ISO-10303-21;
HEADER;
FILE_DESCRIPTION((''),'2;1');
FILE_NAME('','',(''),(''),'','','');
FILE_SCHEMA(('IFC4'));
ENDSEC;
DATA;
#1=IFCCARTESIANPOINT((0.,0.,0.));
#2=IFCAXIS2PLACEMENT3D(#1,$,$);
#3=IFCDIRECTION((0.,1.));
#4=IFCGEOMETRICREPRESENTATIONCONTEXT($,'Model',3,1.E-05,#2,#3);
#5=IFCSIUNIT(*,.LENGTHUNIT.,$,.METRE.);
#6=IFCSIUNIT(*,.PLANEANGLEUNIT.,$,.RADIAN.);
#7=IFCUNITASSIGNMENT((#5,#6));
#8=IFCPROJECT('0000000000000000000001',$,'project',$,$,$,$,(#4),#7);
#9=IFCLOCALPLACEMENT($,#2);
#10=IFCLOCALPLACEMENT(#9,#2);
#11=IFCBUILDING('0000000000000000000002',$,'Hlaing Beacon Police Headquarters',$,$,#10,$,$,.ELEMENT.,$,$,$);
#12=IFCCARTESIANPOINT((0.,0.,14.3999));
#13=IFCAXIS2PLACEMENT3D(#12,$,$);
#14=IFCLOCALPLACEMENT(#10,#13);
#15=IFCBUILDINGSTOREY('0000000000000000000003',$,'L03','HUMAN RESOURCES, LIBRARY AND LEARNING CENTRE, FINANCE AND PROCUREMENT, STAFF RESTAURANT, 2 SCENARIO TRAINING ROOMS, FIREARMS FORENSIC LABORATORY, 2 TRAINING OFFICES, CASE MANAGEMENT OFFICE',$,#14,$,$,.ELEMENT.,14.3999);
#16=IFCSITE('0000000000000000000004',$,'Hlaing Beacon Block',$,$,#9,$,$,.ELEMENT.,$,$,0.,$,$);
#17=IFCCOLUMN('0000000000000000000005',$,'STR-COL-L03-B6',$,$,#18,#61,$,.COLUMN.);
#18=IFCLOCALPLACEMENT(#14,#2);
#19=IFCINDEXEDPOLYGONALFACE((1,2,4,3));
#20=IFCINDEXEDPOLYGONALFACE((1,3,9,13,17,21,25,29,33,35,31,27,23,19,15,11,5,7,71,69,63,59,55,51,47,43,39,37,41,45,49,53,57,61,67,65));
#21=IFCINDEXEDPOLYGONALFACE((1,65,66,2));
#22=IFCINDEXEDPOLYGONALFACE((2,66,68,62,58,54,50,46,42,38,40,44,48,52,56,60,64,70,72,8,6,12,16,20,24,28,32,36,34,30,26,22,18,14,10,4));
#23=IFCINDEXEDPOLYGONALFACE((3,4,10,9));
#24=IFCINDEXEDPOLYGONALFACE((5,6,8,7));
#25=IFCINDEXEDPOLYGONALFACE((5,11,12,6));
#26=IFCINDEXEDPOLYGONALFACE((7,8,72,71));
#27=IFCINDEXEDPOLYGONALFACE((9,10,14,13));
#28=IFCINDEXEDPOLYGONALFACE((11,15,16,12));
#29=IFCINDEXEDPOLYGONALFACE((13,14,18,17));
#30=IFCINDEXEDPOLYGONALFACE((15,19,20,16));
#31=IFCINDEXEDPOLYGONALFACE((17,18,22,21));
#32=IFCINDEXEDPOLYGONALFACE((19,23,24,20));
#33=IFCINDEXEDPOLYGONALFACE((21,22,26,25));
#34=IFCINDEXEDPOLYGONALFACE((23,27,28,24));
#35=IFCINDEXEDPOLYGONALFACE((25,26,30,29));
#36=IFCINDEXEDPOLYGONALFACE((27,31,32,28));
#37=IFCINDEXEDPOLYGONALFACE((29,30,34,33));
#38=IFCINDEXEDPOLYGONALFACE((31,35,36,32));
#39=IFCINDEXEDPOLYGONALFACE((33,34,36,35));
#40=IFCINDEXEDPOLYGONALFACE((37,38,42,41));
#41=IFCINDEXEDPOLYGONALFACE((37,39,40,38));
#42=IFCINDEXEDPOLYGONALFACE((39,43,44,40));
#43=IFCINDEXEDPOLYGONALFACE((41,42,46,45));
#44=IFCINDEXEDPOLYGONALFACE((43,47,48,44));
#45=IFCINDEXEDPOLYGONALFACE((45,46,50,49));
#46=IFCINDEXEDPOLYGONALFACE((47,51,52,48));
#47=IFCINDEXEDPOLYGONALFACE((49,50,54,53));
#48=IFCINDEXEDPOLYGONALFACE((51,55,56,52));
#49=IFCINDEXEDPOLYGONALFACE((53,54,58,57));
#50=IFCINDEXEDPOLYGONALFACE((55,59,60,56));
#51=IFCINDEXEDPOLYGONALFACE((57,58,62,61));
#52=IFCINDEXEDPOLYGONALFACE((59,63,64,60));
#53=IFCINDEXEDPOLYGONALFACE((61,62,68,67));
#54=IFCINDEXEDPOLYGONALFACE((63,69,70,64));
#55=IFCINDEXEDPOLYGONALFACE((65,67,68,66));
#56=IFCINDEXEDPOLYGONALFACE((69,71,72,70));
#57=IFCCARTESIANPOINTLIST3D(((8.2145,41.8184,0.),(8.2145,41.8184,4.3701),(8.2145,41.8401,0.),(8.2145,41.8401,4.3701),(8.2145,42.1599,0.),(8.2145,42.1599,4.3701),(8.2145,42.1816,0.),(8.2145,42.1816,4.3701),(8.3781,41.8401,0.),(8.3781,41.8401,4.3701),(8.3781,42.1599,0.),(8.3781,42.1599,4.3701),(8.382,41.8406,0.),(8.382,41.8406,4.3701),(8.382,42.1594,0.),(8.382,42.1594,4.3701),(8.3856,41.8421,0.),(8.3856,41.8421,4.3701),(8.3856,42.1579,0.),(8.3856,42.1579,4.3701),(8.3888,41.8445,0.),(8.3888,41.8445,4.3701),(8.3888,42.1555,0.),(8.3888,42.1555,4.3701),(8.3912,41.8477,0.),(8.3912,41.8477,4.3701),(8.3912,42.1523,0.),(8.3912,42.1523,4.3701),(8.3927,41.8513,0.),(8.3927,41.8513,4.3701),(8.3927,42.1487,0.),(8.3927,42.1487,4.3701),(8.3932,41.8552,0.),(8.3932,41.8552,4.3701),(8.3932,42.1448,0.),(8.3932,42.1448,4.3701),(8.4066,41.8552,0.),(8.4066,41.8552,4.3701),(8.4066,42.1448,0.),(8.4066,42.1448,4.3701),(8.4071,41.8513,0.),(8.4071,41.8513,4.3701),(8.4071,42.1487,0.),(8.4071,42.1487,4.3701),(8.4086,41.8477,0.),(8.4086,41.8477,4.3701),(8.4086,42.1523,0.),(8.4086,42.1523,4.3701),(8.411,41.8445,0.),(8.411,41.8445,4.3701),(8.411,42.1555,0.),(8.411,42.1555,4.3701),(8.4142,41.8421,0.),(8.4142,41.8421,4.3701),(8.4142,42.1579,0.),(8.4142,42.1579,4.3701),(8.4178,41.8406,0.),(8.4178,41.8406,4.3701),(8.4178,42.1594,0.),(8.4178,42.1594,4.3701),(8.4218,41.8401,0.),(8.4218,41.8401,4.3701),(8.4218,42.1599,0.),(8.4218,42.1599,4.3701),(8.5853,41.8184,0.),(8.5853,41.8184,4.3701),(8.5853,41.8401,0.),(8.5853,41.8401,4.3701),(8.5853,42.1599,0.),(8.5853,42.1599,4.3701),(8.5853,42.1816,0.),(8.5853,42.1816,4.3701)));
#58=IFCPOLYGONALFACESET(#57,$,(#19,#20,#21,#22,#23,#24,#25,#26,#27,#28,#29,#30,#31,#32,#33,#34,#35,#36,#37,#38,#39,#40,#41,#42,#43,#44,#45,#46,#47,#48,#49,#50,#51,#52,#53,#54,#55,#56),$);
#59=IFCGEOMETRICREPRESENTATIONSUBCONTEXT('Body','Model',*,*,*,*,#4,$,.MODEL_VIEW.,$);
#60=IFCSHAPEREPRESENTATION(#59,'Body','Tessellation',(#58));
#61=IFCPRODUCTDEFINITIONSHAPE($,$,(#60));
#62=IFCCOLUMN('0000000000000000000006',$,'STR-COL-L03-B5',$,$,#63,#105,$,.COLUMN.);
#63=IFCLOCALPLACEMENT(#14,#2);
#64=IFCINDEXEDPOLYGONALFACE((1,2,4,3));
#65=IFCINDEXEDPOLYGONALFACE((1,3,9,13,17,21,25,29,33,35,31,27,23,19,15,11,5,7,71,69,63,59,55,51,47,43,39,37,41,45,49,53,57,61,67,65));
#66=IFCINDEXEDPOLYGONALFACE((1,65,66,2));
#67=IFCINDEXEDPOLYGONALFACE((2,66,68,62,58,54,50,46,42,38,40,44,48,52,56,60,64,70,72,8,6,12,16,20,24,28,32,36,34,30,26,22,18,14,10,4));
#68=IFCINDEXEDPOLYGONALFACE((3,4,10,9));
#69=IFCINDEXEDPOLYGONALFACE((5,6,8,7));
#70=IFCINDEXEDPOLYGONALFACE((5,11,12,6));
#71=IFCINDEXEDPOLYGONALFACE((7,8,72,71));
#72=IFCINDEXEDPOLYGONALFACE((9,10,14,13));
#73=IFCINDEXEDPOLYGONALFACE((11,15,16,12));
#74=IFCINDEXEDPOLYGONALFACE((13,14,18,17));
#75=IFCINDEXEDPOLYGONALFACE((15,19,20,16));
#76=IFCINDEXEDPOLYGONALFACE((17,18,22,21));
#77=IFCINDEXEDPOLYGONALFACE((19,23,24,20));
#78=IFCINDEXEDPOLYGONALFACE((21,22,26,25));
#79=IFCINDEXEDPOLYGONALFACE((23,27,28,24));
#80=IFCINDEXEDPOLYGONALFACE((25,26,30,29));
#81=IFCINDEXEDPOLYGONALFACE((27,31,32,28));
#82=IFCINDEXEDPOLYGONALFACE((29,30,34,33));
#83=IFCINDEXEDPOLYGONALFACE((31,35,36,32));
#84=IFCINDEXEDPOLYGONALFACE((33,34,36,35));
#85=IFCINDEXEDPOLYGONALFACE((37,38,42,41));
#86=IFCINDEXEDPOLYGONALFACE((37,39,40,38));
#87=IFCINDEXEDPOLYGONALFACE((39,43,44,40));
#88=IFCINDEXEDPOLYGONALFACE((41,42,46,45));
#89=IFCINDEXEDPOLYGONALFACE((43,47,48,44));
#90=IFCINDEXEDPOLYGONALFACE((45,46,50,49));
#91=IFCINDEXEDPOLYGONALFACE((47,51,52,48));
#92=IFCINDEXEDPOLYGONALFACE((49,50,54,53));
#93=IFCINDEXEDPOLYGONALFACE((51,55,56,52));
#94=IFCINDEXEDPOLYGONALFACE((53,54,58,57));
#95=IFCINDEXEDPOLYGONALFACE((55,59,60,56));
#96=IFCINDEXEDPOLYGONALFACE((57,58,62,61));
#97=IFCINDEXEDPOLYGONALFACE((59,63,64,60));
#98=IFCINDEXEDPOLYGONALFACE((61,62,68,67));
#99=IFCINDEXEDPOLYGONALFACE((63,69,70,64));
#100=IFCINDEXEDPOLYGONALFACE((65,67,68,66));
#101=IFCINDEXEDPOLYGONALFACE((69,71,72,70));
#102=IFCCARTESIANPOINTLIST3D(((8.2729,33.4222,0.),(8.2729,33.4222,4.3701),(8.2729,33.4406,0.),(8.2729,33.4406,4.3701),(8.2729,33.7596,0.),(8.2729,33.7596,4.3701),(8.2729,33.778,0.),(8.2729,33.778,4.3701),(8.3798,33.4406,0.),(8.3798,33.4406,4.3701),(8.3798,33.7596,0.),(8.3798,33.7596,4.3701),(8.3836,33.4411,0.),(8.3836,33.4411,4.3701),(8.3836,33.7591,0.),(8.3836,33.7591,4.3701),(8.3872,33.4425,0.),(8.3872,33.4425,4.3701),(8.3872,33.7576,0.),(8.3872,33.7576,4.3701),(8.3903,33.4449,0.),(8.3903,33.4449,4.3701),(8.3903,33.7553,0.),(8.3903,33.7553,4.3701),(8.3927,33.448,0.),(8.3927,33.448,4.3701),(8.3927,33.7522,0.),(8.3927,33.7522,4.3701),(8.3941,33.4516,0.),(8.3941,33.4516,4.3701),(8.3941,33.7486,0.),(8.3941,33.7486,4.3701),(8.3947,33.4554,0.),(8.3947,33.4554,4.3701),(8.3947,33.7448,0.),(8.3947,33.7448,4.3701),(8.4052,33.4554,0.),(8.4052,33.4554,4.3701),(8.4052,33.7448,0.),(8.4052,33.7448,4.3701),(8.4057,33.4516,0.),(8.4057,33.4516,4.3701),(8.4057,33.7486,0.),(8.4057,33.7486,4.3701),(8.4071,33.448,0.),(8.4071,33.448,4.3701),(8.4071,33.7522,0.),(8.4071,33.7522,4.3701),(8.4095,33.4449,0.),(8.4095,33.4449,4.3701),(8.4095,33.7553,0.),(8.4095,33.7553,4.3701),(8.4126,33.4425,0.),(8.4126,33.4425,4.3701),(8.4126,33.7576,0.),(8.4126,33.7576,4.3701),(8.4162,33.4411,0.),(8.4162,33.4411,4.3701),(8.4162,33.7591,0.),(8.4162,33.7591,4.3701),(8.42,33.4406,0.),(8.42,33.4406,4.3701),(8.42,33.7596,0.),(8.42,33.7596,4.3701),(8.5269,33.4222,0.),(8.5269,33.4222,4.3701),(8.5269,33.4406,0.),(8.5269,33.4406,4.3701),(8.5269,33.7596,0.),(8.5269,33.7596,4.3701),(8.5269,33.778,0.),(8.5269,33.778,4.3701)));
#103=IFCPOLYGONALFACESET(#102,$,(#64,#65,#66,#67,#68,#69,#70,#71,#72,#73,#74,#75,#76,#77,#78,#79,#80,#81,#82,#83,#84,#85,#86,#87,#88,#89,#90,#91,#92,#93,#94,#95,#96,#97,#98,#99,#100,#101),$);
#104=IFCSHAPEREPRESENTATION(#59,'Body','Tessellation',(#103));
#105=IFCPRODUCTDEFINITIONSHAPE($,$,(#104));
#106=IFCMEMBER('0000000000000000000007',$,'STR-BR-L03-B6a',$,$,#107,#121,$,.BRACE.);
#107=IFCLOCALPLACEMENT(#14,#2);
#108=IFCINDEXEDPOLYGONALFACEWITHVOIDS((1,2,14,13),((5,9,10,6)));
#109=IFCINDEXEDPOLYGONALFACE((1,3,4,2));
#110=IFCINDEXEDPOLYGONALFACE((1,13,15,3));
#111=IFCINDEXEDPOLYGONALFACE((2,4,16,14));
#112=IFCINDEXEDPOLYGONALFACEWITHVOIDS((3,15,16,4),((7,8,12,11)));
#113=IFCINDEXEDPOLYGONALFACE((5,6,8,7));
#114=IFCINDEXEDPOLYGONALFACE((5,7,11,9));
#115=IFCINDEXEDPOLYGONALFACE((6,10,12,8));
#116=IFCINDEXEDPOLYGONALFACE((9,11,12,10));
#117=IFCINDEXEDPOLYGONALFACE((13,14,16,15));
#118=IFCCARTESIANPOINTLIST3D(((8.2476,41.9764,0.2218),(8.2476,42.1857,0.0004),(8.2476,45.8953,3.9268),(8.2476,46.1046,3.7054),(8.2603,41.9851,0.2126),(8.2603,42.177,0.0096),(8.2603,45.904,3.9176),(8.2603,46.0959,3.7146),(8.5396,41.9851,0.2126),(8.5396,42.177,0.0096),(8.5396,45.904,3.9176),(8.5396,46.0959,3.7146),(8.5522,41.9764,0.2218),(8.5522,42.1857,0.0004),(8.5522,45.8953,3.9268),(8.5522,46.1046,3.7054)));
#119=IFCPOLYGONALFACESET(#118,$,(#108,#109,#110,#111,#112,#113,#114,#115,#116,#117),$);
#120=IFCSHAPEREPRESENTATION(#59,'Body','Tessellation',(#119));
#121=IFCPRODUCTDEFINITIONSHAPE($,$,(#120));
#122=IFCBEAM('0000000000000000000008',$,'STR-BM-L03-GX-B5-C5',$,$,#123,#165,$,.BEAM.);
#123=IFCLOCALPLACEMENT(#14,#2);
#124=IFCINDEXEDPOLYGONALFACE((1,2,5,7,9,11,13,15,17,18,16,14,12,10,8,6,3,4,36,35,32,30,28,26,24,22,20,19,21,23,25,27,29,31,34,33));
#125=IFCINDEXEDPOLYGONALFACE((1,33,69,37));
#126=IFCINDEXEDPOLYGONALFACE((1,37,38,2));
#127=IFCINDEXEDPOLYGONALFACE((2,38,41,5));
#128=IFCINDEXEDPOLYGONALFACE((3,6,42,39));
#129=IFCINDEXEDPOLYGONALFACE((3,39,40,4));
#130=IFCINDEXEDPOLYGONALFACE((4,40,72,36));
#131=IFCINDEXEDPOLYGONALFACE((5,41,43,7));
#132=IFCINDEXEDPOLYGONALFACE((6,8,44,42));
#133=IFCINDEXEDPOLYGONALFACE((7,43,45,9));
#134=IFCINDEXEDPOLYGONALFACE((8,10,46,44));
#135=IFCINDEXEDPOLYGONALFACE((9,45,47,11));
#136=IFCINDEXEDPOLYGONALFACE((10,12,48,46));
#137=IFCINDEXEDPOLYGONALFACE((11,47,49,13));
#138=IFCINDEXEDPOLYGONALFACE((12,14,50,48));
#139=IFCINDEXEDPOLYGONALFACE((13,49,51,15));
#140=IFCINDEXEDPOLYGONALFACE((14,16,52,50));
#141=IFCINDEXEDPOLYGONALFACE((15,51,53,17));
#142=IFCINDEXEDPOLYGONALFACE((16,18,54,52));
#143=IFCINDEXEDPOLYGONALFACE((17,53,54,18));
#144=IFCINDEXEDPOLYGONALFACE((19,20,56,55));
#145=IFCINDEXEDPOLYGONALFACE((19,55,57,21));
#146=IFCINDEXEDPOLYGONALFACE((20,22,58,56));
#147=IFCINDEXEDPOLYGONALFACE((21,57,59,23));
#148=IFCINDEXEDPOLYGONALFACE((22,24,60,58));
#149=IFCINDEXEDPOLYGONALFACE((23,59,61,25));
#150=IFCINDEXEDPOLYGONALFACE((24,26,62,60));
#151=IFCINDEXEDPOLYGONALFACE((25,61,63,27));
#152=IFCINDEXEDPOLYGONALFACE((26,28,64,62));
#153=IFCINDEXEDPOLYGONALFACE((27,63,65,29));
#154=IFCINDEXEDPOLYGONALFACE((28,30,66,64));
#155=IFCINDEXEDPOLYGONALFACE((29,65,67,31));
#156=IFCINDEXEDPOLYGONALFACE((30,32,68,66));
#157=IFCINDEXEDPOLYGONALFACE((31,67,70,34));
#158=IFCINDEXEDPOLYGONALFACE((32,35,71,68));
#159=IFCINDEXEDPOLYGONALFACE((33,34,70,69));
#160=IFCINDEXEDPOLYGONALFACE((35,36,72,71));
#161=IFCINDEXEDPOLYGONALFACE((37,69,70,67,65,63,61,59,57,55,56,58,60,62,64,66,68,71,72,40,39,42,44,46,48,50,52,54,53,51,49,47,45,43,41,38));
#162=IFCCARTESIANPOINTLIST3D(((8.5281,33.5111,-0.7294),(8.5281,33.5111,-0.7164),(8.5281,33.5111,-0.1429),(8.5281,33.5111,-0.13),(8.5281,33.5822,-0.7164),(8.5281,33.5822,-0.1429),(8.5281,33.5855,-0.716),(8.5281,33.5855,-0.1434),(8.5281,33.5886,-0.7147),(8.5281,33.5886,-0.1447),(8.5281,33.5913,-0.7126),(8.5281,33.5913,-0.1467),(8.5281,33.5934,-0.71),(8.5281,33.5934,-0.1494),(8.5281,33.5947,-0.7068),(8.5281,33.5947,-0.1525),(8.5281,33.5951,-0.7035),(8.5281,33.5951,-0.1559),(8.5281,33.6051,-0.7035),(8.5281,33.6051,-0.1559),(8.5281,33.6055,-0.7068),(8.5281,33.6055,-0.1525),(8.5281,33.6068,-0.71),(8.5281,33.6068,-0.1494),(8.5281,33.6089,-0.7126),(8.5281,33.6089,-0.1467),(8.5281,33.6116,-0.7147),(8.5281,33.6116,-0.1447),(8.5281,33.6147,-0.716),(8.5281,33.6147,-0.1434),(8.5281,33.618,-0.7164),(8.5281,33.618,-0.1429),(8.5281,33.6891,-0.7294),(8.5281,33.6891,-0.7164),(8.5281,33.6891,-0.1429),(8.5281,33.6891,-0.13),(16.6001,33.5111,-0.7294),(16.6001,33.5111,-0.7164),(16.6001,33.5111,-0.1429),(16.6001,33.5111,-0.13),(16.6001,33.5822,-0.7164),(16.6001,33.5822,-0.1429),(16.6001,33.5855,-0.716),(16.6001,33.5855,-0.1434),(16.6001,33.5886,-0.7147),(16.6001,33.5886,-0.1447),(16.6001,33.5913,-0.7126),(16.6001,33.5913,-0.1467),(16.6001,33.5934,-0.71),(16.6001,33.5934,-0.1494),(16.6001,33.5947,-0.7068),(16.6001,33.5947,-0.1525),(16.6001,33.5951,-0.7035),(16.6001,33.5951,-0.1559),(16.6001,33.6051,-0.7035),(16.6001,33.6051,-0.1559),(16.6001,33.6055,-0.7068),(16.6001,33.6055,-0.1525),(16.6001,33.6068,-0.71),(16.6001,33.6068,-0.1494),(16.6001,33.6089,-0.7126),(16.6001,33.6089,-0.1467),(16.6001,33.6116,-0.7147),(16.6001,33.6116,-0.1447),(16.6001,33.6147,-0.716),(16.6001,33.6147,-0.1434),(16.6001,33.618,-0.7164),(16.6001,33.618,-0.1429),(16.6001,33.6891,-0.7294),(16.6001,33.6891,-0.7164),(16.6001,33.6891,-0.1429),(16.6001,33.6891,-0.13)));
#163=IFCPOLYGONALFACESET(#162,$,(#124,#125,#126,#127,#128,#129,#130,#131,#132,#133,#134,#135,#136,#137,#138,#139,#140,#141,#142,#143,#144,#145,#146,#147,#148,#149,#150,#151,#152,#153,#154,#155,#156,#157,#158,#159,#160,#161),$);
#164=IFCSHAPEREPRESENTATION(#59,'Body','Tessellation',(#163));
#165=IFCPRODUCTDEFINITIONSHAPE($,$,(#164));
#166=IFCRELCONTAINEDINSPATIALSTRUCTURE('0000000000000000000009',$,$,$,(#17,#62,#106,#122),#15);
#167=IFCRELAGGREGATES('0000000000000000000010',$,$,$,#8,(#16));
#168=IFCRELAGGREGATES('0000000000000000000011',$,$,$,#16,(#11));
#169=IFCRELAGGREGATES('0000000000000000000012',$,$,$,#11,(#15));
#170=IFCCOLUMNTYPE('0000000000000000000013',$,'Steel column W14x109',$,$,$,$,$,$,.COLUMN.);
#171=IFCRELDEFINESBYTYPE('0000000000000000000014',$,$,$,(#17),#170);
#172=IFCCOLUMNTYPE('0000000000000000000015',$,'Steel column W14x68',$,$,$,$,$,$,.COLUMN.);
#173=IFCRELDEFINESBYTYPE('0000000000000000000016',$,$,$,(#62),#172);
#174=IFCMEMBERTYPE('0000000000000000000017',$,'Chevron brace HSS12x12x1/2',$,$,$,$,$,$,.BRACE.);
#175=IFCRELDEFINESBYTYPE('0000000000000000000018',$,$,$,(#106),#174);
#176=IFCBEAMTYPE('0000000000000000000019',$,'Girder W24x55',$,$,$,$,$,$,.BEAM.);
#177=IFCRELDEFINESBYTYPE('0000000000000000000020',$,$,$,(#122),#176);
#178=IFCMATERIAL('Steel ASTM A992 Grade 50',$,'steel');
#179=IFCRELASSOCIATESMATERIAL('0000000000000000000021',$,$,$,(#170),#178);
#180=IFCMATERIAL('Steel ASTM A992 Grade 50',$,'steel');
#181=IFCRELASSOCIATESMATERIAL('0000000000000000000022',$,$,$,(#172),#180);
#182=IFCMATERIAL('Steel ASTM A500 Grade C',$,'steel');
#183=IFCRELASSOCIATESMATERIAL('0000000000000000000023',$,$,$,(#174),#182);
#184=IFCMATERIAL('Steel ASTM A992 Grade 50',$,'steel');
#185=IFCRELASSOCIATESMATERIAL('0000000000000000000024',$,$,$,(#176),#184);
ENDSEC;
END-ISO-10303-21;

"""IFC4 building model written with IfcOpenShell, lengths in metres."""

from ifc_helpers import new_model, si_unit, direction, frame, origin, origin_2d, place, context, subcontext, project, spatial, hollow_rectangle, i_section, extrude, material, material_profile, profile_set, type_object, element, save


model = new_model("IFC4")

# Units and contexts
model_context = context("Model", 3, precision=1e-05, world=origin(), true_north=direction((0.0, 1.0)))
body_context = subcontext(model_context, "Body", "Model", "MODEL_VIEW")
ifc_project = project(units=[si_unit("LENGTHUNIT", "METRE"), si_unit("PLANEANGLEUNIT", "RADIAN")], contexts=[model_context])

# Site, building, storey
site_placement = place(None, origin())
site = spatial("IfcSite", under=ifc_project, at=site_placement, Name="Hlaing Beacon Block", CompositionType="ELEMENT", RefElevation=0.0)
building_placement = place(site_placement, origin())
building = spatial("IfcBuilding", under=site, at=building_placement, Name="Hlaing Beacon Police Headquarters", CompositionType="ELEMENT")
storey_placement = place(building_placement, frame((0.0, 0.0, 14.3999)))
storey = spatial("IfcBuildingStorey", under=building, at=storey_placement, Name="L03", Description="HUMAN RESOURCES, LIBRARY AND LEARNING CENTRE, FINANCE AND PROCUREMENT, STAFF RESTAURANT, 2 SCENARIO TRAINING ROOMS, FIREARMS FORENSIC LABORATORY, 2 TRAINING OFFICES, CASE MANAGEMENT OFFICE", CompositionType="ELEMENT", Elevation=14.3999)

# Columns
ifc_material_1 = material(Name="Steel ASTM A992 Grade 50", Category="steel")
ifc_material_profile_1 = material_profile(ifc_material_1, i_section(OverallWidth=0.3708, OverallDepth=0.3633, WebThickness=0.0134, FlangeThickness=0.0217, FilletRadius=0.0151, at=origin_2d()), Name="W14x109")
ifc_profile_set_1 = profile_set([ifc_material_profile_1], Name="Steel ASTM A992 Grade 50")
column_type_1 = type_object("IfcColumnType", Name="Steel column W14x109", PredefinedType="COLUMN", material=ifc_profile_set_1)
column_1_placement = place(storey_placement, frame((8.3999, 42.0, 0.0), z_axis=(0.0, 0.0, 1.0), x_axis=(1.0, 0.0, 0.0)))
element("IfcColumn", 1, at=column_1_placement, inside=storey, type_object=column_type_1, Name="STR-COL-L03-B6", PredefinedType="COLUMN", context=body_context, shape_type="SweptSolid", body=[
    extrude(i_section(OverallWidth=0.3708, OverallDepth=0.3633, WebThickness=0.0134, FlangeThickness=0.0217, FilletRadius=0.0151, at=origin_2d()), origin(), (0.0, 0.0, 1.0), 4.3701),
])
ifc_material_2 = material(Name="Steel ASTM A992 Grade 50", Category="steel")
ifc_material_profile_2 = material_profile(ifc_material_2, i_section(OverallWidth=0.2539, OverallDepth=0.3557, WebThickness=0.0105, FlangeThickness=0.0183, FilletRadius=0.0149, at=origin_2d()), Name="W14x68")
ifc_profile_set_2 = profile_set([ifc_material_profile_2], Name="Steel ASTM A992 Grade 50")
column_type_2 = type_object("IfcColumnType", Name="Steel column W14x68", PredefinedType="COLUMN", material=ifc_profile_set_2)
column_2_placement = place(storey_placement, frame((8.3999, 33.6001, 0.0), z_axis=(0.0, 0.0, 1.0), x_axis=(1.0, 0.0, 0.0)))
element("IfcColumn", 2, at=column_2_placement, inside=storey, type_object=column_type_2, Name="STR-COL-L03-B5", PredefinedType="COLUMN", context=body_context, shape_type="SweptSolid", body=[
    extrude(i_section(OverallWidth=0.2539, OverallDepth=0.3557, WebThickness=0.0105, FlangeThickness=0.0183, FilletRadius=0.0149, at=origin_2d()), origin(), (0.0, 0.0, 1.0), 4.3701),
])

# Member
ifc_material_3 = material(Name="Steel ASTM A500 Grade C", Category="steel")
ifc_material_profile_3 = material_profile(ifc_material_3, hollow_rectangle(XDim=0.3047, YDim=0.3047, WallThickness=0.0127, at=origin_2d()), Name="HSS12x12x1/2")
ifc_profile_set_3 = profile_set([ifc_material_profile_3], Name="Steel ASTM A500 Grade C")
member_type = type_object("IfcMemberType", Name="Chevron brace HSS12x12x1/2", PredefinedType="BRACE", material=ifc_profile_set_3)
member_placement = place(storey_placement, frame((8.3999, 42.0811, 0.1111), z_axis=(0.0, 0.726657, 0.687001), x_axis=(-1.0, 0.0, 0.0)))
element("IfcMember", 3, at=member_placement, inside=storey, type_object=member_type, Name="STR-BR-L03-B6a", PredefinedType="BRACE", context=body_context, shape_type="SweptSolid", body=[
    extrude(hollow_rectangle(XDim=0.3047, YDim=0.3047, WallThickness=0.0127, at=origin_2d()), origin(), (0.0, 0.0, 1.0), 5.3931),
])

# Beam
ifc_material_4 = material(Name="Steel ASTM A992 Grade 50", Category="steel")
ifc_material_profile_4 = material_profile(ifc_material_4, i_section(OverallWidth=0.178, OverallDepth=0.5994, WebThickness=0.01, FlangeThickness=0.0129, FilletRadius=0.0129, at=origin_2d()), Name="W24x55")
ifc_profile_set_4 = profile_set([ifc_material_profile_4], Name="Steel ASTM A992 Grade 50")
beam_type_1 = type_object("IfcBeamType", Name="Girder W24x55", PredefinedType="BEAM", material=ifc_profile_set_4)
beam_1_placement = place(storey_placement, frame((8.5281, 33.6001, -0.4297), z_axis=(1.0, 0.0, 0.0), x_axis=(0.0, 1.0, 0.0)))
element("IfcBeam", 4, at=beam_1_placement, inside=storey, type_object=beam_type_1, Name="STR-BM-L03-GX-B5-C5", PredefinedType="BEAM", context=body_context, shape_type="SweptSolid", body=[
    extrude(i_section(OverallWidth=0.178, OverallDepth=0.5994, WebThickness=0.01, FlangeThickness=0.0129, FilletRadius=0.0129, at=origin_2d()), origin(), (0.0, 0.0, 1.0), 8.072),
])

save(model, "model.ifc")
